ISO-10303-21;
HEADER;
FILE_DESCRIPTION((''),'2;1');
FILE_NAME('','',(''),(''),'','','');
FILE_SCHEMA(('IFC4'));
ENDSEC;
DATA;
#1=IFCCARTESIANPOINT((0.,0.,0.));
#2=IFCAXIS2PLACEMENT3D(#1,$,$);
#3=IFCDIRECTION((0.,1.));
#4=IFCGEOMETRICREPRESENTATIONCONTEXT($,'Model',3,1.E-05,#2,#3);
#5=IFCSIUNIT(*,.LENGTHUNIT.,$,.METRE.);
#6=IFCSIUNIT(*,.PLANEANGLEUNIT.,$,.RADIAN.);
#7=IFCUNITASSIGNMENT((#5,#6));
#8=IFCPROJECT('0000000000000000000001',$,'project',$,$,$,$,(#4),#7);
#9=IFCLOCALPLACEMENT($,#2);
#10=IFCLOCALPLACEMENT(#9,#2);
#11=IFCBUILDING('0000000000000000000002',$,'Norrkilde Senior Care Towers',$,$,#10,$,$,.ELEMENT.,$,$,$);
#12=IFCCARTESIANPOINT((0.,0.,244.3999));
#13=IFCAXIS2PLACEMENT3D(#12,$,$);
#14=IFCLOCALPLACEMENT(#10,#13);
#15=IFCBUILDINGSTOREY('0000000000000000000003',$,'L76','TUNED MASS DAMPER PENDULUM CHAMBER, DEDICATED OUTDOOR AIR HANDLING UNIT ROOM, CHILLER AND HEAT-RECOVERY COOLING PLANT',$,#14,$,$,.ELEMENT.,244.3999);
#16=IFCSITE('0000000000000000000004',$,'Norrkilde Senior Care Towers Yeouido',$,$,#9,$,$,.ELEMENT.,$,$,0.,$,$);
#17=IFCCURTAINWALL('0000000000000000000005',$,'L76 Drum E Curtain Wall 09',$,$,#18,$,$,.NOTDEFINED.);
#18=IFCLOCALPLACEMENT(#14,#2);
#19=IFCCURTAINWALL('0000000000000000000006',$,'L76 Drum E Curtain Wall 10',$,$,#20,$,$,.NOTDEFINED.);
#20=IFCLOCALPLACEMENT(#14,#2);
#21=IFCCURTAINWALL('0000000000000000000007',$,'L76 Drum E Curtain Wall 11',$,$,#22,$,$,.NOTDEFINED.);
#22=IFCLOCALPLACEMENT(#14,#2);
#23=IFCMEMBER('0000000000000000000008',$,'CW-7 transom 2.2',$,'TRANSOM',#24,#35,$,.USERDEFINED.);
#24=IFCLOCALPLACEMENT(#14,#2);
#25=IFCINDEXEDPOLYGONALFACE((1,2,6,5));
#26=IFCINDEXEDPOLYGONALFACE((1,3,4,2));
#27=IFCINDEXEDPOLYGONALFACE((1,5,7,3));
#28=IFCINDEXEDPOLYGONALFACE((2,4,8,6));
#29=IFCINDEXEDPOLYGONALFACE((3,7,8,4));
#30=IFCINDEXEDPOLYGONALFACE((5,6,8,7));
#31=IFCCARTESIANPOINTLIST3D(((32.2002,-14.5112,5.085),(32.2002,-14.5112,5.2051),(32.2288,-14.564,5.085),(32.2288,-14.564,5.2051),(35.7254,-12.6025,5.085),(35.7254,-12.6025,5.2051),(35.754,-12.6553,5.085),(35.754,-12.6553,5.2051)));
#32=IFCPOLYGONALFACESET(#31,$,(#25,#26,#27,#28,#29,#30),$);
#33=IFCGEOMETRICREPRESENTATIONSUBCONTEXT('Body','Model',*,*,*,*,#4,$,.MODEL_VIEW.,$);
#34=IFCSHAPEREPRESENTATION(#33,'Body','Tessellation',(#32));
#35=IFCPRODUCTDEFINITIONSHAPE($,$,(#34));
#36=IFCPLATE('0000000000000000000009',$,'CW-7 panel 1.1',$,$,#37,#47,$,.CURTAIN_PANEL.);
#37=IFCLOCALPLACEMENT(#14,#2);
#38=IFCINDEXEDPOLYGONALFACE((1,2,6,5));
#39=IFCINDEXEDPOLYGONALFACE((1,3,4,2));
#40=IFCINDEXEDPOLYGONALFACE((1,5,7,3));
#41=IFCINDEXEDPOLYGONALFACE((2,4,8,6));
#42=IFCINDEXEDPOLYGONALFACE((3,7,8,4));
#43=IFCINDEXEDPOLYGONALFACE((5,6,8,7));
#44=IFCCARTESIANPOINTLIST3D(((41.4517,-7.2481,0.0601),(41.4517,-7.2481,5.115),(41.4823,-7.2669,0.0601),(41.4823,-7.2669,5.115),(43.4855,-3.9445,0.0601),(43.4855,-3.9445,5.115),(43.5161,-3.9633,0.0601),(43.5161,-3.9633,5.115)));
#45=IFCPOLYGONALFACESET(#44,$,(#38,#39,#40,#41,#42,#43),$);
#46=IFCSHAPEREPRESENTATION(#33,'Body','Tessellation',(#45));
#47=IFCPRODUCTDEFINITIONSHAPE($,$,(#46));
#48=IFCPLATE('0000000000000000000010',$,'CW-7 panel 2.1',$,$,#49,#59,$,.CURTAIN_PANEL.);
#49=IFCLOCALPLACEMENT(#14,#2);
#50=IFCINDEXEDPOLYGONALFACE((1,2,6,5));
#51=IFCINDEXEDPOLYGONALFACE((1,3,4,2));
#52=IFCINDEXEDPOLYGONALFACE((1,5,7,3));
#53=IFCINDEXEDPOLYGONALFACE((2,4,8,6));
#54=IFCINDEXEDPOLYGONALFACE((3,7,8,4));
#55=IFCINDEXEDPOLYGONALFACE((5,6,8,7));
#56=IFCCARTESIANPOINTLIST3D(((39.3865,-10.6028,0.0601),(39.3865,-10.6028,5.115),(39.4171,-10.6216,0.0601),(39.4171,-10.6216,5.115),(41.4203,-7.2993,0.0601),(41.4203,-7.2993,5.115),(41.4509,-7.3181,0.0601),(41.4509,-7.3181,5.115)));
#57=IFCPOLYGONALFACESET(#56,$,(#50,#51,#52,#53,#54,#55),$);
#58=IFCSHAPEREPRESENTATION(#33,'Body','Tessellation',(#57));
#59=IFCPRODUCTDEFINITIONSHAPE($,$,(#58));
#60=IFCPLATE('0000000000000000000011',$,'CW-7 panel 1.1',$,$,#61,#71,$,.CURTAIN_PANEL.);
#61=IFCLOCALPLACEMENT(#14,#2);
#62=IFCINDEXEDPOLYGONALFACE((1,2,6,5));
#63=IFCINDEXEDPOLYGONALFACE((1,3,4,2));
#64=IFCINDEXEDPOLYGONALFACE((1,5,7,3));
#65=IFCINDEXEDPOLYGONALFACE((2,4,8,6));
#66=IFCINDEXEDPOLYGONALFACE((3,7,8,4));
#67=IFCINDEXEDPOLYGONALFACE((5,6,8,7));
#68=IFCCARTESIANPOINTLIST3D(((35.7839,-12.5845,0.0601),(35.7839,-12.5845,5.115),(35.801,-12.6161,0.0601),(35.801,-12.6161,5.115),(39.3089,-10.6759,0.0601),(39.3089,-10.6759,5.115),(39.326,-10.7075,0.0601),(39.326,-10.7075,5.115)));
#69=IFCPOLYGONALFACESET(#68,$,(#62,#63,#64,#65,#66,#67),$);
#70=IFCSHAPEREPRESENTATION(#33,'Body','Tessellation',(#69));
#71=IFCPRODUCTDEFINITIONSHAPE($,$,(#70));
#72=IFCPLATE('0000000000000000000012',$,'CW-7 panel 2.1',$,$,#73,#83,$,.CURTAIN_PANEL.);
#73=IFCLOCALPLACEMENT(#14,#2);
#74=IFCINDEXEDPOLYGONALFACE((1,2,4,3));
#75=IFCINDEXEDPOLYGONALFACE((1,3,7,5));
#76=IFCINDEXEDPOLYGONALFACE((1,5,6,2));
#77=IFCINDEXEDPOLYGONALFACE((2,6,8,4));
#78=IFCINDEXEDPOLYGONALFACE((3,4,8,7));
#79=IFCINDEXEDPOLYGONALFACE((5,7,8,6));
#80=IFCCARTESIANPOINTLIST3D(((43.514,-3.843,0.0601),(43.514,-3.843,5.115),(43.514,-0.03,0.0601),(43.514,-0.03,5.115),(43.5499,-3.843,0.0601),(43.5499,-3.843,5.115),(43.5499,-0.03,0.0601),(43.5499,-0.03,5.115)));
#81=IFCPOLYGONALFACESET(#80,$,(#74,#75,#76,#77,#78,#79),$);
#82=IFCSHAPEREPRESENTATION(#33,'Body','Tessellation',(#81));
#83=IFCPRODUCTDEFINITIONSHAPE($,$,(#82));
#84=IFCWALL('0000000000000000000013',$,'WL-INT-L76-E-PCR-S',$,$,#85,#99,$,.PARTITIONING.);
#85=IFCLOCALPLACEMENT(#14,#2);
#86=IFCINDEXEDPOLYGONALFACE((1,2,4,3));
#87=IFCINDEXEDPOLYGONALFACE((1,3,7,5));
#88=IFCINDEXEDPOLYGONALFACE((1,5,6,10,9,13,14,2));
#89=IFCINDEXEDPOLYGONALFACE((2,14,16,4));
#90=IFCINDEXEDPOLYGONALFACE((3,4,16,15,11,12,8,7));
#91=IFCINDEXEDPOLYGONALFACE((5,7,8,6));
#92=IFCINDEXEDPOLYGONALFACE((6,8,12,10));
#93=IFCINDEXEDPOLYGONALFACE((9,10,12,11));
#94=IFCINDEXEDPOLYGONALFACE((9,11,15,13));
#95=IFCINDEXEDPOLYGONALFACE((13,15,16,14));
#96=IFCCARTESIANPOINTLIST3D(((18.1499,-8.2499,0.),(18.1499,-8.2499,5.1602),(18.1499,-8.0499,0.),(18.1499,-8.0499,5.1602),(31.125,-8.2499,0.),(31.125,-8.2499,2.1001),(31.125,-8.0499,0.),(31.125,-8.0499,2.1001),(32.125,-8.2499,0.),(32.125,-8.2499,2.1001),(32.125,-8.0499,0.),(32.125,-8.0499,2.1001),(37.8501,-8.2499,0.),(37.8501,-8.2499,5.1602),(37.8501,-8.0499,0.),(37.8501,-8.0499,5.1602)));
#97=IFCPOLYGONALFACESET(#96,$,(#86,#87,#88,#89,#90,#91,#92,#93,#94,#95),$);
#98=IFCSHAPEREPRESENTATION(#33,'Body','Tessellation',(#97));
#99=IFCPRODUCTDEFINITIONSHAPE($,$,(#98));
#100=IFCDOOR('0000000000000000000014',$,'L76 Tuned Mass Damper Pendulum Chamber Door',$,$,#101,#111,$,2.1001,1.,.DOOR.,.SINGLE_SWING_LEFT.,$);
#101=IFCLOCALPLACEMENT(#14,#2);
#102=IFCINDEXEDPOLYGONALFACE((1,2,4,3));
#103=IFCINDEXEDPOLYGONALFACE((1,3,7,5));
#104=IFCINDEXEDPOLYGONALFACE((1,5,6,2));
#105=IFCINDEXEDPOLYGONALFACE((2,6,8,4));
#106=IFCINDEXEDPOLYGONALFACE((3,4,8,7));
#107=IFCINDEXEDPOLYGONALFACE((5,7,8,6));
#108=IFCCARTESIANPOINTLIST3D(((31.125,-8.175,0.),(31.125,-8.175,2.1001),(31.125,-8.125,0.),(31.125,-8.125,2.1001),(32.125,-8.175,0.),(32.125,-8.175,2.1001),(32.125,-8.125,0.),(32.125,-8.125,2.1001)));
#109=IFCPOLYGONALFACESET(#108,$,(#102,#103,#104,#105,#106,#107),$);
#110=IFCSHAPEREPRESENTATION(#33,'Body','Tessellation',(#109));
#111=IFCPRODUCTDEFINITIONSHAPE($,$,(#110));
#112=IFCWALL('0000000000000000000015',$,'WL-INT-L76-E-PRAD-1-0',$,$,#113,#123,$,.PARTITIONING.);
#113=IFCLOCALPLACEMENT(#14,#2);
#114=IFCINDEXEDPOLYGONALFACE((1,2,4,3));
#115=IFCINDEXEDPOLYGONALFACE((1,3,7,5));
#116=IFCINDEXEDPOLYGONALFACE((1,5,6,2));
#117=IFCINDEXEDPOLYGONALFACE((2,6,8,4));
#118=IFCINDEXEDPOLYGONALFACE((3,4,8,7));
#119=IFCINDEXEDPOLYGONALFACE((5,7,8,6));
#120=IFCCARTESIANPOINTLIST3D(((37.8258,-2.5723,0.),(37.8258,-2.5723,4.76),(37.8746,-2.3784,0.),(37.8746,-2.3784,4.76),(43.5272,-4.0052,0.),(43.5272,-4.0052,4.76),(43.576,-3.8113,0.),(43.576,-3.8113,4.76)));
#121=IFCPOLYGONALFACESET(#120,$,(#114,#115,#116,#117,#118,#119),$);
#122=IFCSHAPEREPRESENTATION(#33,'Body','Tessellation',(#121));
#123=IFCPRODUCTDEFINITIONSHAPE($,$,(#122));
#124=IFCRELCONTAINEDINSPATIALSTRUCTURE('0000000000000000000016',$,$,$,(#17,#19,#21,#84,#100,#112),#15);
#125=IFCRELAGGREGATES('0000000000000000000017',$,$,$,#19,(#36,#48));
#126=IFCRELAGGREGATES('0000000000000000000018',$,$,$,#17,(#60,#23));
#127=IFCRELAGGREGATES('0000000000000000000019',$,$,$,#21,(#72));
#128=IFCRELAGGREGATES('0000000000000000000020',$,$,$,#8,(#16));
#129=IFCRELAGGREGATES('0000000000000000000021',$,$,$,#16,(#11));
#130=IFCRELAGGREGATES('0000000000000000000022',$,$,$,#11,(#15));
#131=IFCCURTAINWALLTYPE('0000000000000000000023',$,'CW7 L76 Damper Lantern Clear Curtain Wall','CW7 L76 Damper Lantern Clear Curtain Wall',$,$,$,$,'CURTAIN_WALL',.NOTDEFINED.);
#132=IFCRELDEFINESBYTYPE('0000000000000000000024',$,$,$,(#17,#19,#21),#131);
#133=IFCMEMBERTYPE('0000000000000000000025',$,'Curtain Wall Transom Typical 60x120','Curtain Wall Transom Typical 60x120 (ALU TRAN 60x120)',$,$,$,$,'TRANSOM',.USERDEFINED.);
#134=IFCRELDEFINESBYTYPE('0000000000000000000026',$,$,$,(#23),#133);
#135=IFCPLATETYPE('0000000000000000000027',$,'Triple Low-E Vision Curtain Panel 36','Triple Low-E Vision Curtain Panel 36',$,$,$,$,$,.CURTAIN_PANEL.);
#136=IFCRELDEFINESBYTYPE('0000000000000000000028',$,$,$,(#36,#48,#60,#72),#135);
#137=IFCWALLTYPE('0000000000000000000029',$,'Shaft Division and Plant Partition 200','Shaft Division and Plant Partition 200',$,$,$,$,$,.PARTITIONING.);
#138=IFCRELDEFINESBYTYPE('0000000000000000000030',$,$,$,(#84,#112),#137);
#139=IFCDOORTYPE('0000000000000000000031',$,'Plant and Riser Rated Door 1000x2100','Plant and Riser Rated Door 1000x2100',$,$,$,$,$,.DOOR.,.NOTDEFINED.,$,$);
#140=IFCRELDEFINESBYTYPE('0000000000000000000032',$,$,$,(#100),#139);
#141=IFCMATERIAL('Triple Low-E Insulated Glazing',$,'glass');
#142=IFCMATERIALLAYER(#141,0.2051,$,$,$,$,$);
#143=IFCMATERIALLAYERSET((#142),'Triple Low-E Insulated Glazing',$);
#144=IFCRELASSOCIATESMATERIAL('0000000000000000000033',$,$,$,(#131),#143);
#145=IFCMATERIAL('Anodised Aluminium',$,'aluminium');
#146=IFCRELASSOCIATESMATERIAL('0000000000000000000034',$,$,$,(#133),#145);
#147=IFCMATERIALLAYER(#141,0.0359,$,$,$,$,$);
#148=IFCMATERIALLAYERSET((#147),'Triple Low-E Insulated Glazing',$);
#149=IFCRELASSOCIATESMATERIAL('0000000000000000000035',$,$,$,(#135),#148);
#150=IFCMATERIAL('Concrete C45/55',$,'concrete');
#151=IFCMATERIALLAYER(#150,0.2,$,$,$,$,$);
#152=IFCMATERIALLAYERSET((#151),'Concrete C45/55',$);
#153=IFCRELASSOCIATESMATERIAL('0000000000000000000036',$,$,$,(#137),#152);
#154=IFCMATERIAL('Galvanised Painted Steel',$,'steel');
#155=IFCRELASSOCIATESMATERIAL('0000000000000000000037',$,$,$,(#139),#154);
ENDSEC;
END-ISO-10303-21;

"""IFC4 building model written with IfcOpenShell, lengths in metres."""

from ifc_helpers import new_model, si_unit, direction, frame, frame_2d, origin, origin_2d, place, context, subcontext, project, spatial, rectangle, extrude, source, transform, mapped, material, layer, layer_set, material_profile, profile_set, type_object, type_shapes, element, fill, aggregate, save


model = new_model("IFC4")

# Units and contexts
model_context = context("Model", 3, precision=1e-05, world=origin(), true_north=direction((0.0, 1.0)))
body_context = subcontext(model_context, "Body", "Model", "MODEL_VIEW")
ifc_project = project(units=[si_unit("LENGTHUNIT", "METRE"), si_unit("PLANEANGLEUNIT", "RADIAN")], contexts=[model_context])

# Site, building, storey
site_placement = place(None, origin())
site = spatial("IfcSite", under=ifc_project, at=site_placement, Name="Norrkilde Senior Care Towers Yeouido", CompositionType="ELEMENT", RefElevation=0.0)
building_placement = place(site_placement, origin())
building = spatial("IfcBuilding", under=site, at=building_placement, Name="Norrkilde Senior Care Towers", CompositionType="ELEMENT")
storey_placement = place(building_placement, frame((0.0, 0.0, 244.3999)))
storey = spatial("IfcBuildingStorey", under=building, at=storey_placement, Name="L76", Description="TUNED MASS DAMPER PENDULUM CHAMBER, DEDICATED OUTDOOR AIR HANDLING UNIT ROOM, CHILLER AND HEAT-RECOVERY COOLING PLANT", CompositionType="ELEMENT", Elevation=244.3999)

# Curtain walls
ifc_material_1 = material(Name="Triple Low-E Insulated Glazing", Category="glass")
ifc_layer_1 = layer(ifc_material_1, 0.2051)
ifc_layer_set_1 = layer_set([ifc_layer_1], Name="Triple Low-E Insulated Glazing")
curtain_wall_type = type_object("IfcCurtainWallType", Name="CW7 L76 Damper Lantern Clear Curtain Wall", Description="CW7 L76 Damper Lantern Clear Curtain Wall", ElementType="CURTAIN_WALL", PredefinedType="NOTDEFINED", material=ifc_layer_set_1)
curtain_wall_1_placement = place(storey_placement, origin())
curtain_wall_1 = element("IfcCurtainWall", 1, at=curtain_wall_1_placement, inside=storey, type_object=curtain_wall_type, Name="L76 Drum E Curtain Wall 09", PredefinedType="NOTDEFINED")
ifc_material_2 = material(Name="Anodised Aluminium", Category="aluminium")
curtain_wall_2_placement = place(storey_placement, origin())
curtain_wall_2 = element("IfcCurtainWall", 2, at=curtain_wall_2_placement, inside=storey, type_object=curtain_wall_type, Name="L76 Drum E Curtain Wall 10", PredefinedType="NOTDEFINED")

# Curtain wall
curtain_wall_3_placement = place(storey_placement, origin())
curtain_wall_3 = element("IfcCurtainWall", 3, at=curtain_wall_3_placement, inside=storey, type_object=curtain_wall_type, Name="L76 Drum E Curtain Wall 11", PredefinedType="NOTDEFINED")

# Member
ifc_material_profile_1 = material_profile(ifc_material_2, rectangle(XDim=0.0601, YDim=0.1201, at=origin_2d()), Name="ALU TRAN 60x120")
ifc_profile_set_1 = profile_set([ifc_material_profile_1], Name="Anodised Aluminium")
member_type_1 = type_object("IfcMemberType", Name="Curtain Wall Transom Typical 60x120", Description="Curtain Wall Transom Typical 60x120 (ALU TRAN 60x120)", ElementType="TRANSOM", PredefinedType="USERDEFINED", material=ifc_profile_set_1)
shared_shape_1 = source(origin(), body_context, "Body", "SweptSolid", [
    extrude(rectangle(XDim=0.0601, YDim=0.1201, at=origin_2d()), origin(), (0.0, 0.0, 1.0), 4.0088),
])
member_1_placement = place(storey_placement, frame((35.7397, -12.6289, 5.145), z_axis=(-0.879372, -0.476136, 0.0), x_axis=(0.476136, -0.879372, 0.0)))
member_1 = element("IfcMember", 4, at=member_1_placement, type_object=member_type_1, Name="CW-7 transom 2.2", ObjectType="TRANSOM", PredefinedType="USERDEFINED", context=body_context, shape_type="MappedRepresentation", body=[
    mapped(shared_shape_1, transform((0.0, 0.0, 0.0), x_axis=(1.0, 0.0, 0.0), y_axis=(0.0, 1.0, 0.0), z_axis=(0.0, 0.0, 1.0), scale=1.0)),
])

# Plates
ifc_layer_2 = layer(ifc_material_1, 0.0359)
ifc_layer_set_2 = layer_set([ifc_layer_2], Name="Triple Low-E Insulated Glazing")
plate_type = type_object("IfcPlateType", Name="Triple Low-E Vision Curtain Panel 36", Description="Triple Low-E Vision Curtain Panel 36", PredefinedType="CURTAIN_PANEL", material=ifc_layer_set_2)
shared_shape_2 = source(origin(), body_context, "Body", "SweptSolid", [
    extrude(rectangle(XDim=3.8794, YDim=0.0359, at=origin_2d()), origin(), (0.0, 0.0, 1.0), 5.0549),
])
plate_1_placement = place(storey_placement, frame((42.4839, -5.6057, 0.0601), z_axis=(0.0, 0.0, 1.0), x_axis=(-0.524253, -0.851563, 0.0)))
plate_1 = element("IfcPlate", 5, at=plate_1_placement, type_object=plate_type, Name="CW-7 panel 1.1", PredefinedType="CURTAIN_PANEL", context=body_context, shape_type="MappedRepresentation", body=[
    mapped(shared_shape_2, transform((0.0, 0.0, 0.0), x_axis=(1.0, 0.0, 0.0), y_axis=(0.0, 1.0, 0.0), z_axis=(0.0, 0.0, 1.0), scale=1.0)),
])
plate_2_placement = place(storey_placement, frame((40.4187, -8.9604, 0.0601), z_axis=(0.0, 0.0, 1.0), x_axis=(-0.524253, -0.851563, 0.0)))
plate_2 = element("IfcPlate", 6, at=plate_2_placement, type_object=plate_type, Name="CW-7 panel 2.1", PredefinedType="CURTAIN_PANEL", context=body_context, shape_type="MappedRepresentation", body=[
    mapped(shared_shape_2, transform((0.0, 0.0, 0.0), x_axis=(1.0, 0.0, 0.0), y_axis=(0.0, 1.0, 0.0), z_axis=(0.0, 0.0, 1.0), scale=1.0)),
])
aggregate(curtain_wall_2, [plate_1, plate_2])
shared_shape_3 = source(origin(), body_context, "Body", "SweptSolid", [
    extrude(rectangle(XDim=4.0085, YDim=0.0359, at=origin_2d()), origin(), (0.0, 0.0, 1.0), 5.0549),
])
plate_3_placement = place(storey_placement, frame((37.5549, -11.646, 0.0601), z_axis=(0.0, 0.0, 1.0), x_axis=(-0.879373, -0.476133, 0.0)))
plate_3 = element("IfcPlate", 7, at=plate_3_placement, type_object=plate_type, Name="CW-7 panel 1.1", PredefinedType="CURTAIN_PANEL", context=body_context, shape_type="MappedRepresentation", body=[
    mapped(shared_shape_3, transform((0.0, 0.0, 0.0), x_axis=(1.0, 0.0, 0.0), y_axis=(0.0, 1.0, 0.0), z_axis=(0.0, 0.0, 1.0), scale=1.0)),
])
aggregate(curtain_wall_1, [plate_3, member_1])
shared_shape_4 = source(origin(), body_context, "Body", "SweptSolid", [
    extrude(rectangle(XDim=3.813, YDim=0.0359, at=origin_2d()), origin(), (0.0, 0.0, 1.0), 5.0549),
])
type_shapes(plate_type, [shared_shape_2, shared_shape_3, shared_shape_4])
plate_4_placement = place(storey_placement, frame((43.532, -1.9365, 0.0601), z_axis=(0.0, 0.0, 1.0), x_axis=(0.0, -1.0, 0.0)))
plate_4 = element("IfcPlate", 8, at=plate_4_placement, type_object=plate_type, Name="CW-7 panel 2.1", PredefinedType="CURTAIN_PANEL", context=body_context, shape_type="MappedRepresentation", body=[
    mapped(shared_shape_4, transform((0.0, 0.0, 0.0), x_axis=(1.0, 0.0, 0.0), y_axis=(0.0, 1.0, 0.0), z_axis=(0.0, 0.0, 1.0), scale=1.0)),
])
aggregate(curtain_wall_3, [plate_4])

# Wall, opening, door
ifc_material_3 = material(Name="Concrete C45/55", Category="concrete")
ifc_layer_3 = layer(ifc_material_3, 0.2)
ifc_layer_set_3 = layer_set([ifc_layer_3], Name="Concrete C45/55")
wall_type = type_object("IfcWallType", Name="Shaft Division and Plant Partition 200", Description="Shaft Division and Plant Partition 200", PredefinedType="PARTITIONING", material=ifc_layer_set_3)
shared_shape_5 = source(origin(), body_context, "Body", "SweptSolid", [
    extrude(rectangle(XDim=19.7002, YDim=0.2, at=frame_2d((9.8501, 0.0))), origin(), (0.0, 0.0, 1.0), 5.1602),
])
wall_1_placement = place(storey_placement, frame((37.8501, -8.1499, 0.0), z_axis=(0.0, 0.0, 1.0), x_axis=(-1.0, 0.0, 0.0)))
wall_1 = element("IfcWall", 9, at=wall_1_placement, inside=storey, type_object=wall_type, Name="WL-INT-L76-E-PCR-S", PredefinedType="PARTITIONING", context=body_context, shape_type="MappedRepresentation", body=[
    mapped(shared_shape_5, transform((0.0, 0.0, 0.0), x_axis=(1.0, 0.0, 0.0), y_axis=(0.0, 1.0, 0.0), z_axis=(0.0, 0.0, 1.0), scale=1.0)),
])
opening_placement = place(wall_1_placement, frame((5.7251, 0.0, 0.0)))
opening = element("IfcOpeningElement", 10, at=opening_placement, cuts=wall_1, PredefinedType="OPENING", context=body_context, shape_type="SweptSolid", body=[
    extrude(rectangle(XDim=1.0, YDim=2.1001, at=frame_2d((0.5, 1.05))), frame((0.0, 0.1099, 0.0), z_axis=(0.0, -1.0, 0.0), x_axis=(1.0, 0.0, 0.0)), (0.0, 0.0, 1.0), 0.22),
])
ifc_material_4 = material(Name="Galvanised Painted Steel", Category="steel")
door_type = type_object("IfcDoorType", Name="Plant and Riser Rated Door 1000x2100", Description="Plant and Riser Rated Door 1000x2100", OperationType="NOTDEFINED", PredefinedType="DOOR", material=ifc_material_4)
shared_shape_6 = source(origin(), body_context, "Body", "SweptSolid", [
    extrude(rectangle(XDim=1.0, YDim=2.1001, at=frame_2d((0.5, 1.05))), frame((0.0, 0.0249, 0.0), z_axis=(0.0, -1.0, 0.0), x_axis=(1.0, 0.0, 0.0)), (0.0, 0.0, 1.0), 0.05),
])
type_shapes(door_type, [shared_shape_6])
door_placement = place(opening_placement, frame((1.0, 0.0, 0.0), z_axis=(0.0, 0.0, 1.0), x_axis=(-1.0, 0.0, 0.0)))
door = element("IfcDoor", 11, at=door_placement, inside=storey, type_object=door_type, Name="L76 Tuned Mass Damper Pendulum Chamber Door", OperationType="SINGLE_SWING_LEFT", OverallHeight=2.1001, OverallWidth=1.0, PredefinedType="DOOR", context=body_context, shape_type="MappedRepresentation", body=[
    mapped(shared_shape_6, transform((0.0, 0.0, 0.0), x_axis=(1.0, 0.0, 0.0), y_axis=(0.0, 1.0, 0.0), z_axis=(0.0, 0.0, 1.0), scale=1.0)),
])
fill(opening, door)

# Wall
shared_shape_7 = source(origin(), body_context, "Body", "SweptSolid", [
    extrude(rectangle(XDim=5.8787, YDim=0.2, at=frame_2d((2.9395, 0.0))), origin(), (0.0, 0.0, 1.0), 4.76),
])
type_shapes(wall_type, [shared_shape_5, shared_shape_7])
wall_2_placement = place(storey_placement, frame((37.8501, -2.4753, 0.0), z_axis=(0.0, 0.0, 1.0), x_axis=(0.969841, -0.243737, 0.0)))
element("IfcWall", 12, at=wall_2_placement, inside=storey, type_object=wall_type, Name="WL-INT-L76-E-PRAD-1-0", PredefinedType="PARTITIONING", context=body_context, shape_type="MappedRepresentation", body=[
    mapped(shared_shape_7, transform((0.0, 0.0, 0.0), x_axis=(1.0, 0.0, 0.0), y_axis=(0.0, 1.0, 0.0), z_axis=(0.0, 0.0, 1.0), scale=1.0)),
])

save(model, "model.ifc")
